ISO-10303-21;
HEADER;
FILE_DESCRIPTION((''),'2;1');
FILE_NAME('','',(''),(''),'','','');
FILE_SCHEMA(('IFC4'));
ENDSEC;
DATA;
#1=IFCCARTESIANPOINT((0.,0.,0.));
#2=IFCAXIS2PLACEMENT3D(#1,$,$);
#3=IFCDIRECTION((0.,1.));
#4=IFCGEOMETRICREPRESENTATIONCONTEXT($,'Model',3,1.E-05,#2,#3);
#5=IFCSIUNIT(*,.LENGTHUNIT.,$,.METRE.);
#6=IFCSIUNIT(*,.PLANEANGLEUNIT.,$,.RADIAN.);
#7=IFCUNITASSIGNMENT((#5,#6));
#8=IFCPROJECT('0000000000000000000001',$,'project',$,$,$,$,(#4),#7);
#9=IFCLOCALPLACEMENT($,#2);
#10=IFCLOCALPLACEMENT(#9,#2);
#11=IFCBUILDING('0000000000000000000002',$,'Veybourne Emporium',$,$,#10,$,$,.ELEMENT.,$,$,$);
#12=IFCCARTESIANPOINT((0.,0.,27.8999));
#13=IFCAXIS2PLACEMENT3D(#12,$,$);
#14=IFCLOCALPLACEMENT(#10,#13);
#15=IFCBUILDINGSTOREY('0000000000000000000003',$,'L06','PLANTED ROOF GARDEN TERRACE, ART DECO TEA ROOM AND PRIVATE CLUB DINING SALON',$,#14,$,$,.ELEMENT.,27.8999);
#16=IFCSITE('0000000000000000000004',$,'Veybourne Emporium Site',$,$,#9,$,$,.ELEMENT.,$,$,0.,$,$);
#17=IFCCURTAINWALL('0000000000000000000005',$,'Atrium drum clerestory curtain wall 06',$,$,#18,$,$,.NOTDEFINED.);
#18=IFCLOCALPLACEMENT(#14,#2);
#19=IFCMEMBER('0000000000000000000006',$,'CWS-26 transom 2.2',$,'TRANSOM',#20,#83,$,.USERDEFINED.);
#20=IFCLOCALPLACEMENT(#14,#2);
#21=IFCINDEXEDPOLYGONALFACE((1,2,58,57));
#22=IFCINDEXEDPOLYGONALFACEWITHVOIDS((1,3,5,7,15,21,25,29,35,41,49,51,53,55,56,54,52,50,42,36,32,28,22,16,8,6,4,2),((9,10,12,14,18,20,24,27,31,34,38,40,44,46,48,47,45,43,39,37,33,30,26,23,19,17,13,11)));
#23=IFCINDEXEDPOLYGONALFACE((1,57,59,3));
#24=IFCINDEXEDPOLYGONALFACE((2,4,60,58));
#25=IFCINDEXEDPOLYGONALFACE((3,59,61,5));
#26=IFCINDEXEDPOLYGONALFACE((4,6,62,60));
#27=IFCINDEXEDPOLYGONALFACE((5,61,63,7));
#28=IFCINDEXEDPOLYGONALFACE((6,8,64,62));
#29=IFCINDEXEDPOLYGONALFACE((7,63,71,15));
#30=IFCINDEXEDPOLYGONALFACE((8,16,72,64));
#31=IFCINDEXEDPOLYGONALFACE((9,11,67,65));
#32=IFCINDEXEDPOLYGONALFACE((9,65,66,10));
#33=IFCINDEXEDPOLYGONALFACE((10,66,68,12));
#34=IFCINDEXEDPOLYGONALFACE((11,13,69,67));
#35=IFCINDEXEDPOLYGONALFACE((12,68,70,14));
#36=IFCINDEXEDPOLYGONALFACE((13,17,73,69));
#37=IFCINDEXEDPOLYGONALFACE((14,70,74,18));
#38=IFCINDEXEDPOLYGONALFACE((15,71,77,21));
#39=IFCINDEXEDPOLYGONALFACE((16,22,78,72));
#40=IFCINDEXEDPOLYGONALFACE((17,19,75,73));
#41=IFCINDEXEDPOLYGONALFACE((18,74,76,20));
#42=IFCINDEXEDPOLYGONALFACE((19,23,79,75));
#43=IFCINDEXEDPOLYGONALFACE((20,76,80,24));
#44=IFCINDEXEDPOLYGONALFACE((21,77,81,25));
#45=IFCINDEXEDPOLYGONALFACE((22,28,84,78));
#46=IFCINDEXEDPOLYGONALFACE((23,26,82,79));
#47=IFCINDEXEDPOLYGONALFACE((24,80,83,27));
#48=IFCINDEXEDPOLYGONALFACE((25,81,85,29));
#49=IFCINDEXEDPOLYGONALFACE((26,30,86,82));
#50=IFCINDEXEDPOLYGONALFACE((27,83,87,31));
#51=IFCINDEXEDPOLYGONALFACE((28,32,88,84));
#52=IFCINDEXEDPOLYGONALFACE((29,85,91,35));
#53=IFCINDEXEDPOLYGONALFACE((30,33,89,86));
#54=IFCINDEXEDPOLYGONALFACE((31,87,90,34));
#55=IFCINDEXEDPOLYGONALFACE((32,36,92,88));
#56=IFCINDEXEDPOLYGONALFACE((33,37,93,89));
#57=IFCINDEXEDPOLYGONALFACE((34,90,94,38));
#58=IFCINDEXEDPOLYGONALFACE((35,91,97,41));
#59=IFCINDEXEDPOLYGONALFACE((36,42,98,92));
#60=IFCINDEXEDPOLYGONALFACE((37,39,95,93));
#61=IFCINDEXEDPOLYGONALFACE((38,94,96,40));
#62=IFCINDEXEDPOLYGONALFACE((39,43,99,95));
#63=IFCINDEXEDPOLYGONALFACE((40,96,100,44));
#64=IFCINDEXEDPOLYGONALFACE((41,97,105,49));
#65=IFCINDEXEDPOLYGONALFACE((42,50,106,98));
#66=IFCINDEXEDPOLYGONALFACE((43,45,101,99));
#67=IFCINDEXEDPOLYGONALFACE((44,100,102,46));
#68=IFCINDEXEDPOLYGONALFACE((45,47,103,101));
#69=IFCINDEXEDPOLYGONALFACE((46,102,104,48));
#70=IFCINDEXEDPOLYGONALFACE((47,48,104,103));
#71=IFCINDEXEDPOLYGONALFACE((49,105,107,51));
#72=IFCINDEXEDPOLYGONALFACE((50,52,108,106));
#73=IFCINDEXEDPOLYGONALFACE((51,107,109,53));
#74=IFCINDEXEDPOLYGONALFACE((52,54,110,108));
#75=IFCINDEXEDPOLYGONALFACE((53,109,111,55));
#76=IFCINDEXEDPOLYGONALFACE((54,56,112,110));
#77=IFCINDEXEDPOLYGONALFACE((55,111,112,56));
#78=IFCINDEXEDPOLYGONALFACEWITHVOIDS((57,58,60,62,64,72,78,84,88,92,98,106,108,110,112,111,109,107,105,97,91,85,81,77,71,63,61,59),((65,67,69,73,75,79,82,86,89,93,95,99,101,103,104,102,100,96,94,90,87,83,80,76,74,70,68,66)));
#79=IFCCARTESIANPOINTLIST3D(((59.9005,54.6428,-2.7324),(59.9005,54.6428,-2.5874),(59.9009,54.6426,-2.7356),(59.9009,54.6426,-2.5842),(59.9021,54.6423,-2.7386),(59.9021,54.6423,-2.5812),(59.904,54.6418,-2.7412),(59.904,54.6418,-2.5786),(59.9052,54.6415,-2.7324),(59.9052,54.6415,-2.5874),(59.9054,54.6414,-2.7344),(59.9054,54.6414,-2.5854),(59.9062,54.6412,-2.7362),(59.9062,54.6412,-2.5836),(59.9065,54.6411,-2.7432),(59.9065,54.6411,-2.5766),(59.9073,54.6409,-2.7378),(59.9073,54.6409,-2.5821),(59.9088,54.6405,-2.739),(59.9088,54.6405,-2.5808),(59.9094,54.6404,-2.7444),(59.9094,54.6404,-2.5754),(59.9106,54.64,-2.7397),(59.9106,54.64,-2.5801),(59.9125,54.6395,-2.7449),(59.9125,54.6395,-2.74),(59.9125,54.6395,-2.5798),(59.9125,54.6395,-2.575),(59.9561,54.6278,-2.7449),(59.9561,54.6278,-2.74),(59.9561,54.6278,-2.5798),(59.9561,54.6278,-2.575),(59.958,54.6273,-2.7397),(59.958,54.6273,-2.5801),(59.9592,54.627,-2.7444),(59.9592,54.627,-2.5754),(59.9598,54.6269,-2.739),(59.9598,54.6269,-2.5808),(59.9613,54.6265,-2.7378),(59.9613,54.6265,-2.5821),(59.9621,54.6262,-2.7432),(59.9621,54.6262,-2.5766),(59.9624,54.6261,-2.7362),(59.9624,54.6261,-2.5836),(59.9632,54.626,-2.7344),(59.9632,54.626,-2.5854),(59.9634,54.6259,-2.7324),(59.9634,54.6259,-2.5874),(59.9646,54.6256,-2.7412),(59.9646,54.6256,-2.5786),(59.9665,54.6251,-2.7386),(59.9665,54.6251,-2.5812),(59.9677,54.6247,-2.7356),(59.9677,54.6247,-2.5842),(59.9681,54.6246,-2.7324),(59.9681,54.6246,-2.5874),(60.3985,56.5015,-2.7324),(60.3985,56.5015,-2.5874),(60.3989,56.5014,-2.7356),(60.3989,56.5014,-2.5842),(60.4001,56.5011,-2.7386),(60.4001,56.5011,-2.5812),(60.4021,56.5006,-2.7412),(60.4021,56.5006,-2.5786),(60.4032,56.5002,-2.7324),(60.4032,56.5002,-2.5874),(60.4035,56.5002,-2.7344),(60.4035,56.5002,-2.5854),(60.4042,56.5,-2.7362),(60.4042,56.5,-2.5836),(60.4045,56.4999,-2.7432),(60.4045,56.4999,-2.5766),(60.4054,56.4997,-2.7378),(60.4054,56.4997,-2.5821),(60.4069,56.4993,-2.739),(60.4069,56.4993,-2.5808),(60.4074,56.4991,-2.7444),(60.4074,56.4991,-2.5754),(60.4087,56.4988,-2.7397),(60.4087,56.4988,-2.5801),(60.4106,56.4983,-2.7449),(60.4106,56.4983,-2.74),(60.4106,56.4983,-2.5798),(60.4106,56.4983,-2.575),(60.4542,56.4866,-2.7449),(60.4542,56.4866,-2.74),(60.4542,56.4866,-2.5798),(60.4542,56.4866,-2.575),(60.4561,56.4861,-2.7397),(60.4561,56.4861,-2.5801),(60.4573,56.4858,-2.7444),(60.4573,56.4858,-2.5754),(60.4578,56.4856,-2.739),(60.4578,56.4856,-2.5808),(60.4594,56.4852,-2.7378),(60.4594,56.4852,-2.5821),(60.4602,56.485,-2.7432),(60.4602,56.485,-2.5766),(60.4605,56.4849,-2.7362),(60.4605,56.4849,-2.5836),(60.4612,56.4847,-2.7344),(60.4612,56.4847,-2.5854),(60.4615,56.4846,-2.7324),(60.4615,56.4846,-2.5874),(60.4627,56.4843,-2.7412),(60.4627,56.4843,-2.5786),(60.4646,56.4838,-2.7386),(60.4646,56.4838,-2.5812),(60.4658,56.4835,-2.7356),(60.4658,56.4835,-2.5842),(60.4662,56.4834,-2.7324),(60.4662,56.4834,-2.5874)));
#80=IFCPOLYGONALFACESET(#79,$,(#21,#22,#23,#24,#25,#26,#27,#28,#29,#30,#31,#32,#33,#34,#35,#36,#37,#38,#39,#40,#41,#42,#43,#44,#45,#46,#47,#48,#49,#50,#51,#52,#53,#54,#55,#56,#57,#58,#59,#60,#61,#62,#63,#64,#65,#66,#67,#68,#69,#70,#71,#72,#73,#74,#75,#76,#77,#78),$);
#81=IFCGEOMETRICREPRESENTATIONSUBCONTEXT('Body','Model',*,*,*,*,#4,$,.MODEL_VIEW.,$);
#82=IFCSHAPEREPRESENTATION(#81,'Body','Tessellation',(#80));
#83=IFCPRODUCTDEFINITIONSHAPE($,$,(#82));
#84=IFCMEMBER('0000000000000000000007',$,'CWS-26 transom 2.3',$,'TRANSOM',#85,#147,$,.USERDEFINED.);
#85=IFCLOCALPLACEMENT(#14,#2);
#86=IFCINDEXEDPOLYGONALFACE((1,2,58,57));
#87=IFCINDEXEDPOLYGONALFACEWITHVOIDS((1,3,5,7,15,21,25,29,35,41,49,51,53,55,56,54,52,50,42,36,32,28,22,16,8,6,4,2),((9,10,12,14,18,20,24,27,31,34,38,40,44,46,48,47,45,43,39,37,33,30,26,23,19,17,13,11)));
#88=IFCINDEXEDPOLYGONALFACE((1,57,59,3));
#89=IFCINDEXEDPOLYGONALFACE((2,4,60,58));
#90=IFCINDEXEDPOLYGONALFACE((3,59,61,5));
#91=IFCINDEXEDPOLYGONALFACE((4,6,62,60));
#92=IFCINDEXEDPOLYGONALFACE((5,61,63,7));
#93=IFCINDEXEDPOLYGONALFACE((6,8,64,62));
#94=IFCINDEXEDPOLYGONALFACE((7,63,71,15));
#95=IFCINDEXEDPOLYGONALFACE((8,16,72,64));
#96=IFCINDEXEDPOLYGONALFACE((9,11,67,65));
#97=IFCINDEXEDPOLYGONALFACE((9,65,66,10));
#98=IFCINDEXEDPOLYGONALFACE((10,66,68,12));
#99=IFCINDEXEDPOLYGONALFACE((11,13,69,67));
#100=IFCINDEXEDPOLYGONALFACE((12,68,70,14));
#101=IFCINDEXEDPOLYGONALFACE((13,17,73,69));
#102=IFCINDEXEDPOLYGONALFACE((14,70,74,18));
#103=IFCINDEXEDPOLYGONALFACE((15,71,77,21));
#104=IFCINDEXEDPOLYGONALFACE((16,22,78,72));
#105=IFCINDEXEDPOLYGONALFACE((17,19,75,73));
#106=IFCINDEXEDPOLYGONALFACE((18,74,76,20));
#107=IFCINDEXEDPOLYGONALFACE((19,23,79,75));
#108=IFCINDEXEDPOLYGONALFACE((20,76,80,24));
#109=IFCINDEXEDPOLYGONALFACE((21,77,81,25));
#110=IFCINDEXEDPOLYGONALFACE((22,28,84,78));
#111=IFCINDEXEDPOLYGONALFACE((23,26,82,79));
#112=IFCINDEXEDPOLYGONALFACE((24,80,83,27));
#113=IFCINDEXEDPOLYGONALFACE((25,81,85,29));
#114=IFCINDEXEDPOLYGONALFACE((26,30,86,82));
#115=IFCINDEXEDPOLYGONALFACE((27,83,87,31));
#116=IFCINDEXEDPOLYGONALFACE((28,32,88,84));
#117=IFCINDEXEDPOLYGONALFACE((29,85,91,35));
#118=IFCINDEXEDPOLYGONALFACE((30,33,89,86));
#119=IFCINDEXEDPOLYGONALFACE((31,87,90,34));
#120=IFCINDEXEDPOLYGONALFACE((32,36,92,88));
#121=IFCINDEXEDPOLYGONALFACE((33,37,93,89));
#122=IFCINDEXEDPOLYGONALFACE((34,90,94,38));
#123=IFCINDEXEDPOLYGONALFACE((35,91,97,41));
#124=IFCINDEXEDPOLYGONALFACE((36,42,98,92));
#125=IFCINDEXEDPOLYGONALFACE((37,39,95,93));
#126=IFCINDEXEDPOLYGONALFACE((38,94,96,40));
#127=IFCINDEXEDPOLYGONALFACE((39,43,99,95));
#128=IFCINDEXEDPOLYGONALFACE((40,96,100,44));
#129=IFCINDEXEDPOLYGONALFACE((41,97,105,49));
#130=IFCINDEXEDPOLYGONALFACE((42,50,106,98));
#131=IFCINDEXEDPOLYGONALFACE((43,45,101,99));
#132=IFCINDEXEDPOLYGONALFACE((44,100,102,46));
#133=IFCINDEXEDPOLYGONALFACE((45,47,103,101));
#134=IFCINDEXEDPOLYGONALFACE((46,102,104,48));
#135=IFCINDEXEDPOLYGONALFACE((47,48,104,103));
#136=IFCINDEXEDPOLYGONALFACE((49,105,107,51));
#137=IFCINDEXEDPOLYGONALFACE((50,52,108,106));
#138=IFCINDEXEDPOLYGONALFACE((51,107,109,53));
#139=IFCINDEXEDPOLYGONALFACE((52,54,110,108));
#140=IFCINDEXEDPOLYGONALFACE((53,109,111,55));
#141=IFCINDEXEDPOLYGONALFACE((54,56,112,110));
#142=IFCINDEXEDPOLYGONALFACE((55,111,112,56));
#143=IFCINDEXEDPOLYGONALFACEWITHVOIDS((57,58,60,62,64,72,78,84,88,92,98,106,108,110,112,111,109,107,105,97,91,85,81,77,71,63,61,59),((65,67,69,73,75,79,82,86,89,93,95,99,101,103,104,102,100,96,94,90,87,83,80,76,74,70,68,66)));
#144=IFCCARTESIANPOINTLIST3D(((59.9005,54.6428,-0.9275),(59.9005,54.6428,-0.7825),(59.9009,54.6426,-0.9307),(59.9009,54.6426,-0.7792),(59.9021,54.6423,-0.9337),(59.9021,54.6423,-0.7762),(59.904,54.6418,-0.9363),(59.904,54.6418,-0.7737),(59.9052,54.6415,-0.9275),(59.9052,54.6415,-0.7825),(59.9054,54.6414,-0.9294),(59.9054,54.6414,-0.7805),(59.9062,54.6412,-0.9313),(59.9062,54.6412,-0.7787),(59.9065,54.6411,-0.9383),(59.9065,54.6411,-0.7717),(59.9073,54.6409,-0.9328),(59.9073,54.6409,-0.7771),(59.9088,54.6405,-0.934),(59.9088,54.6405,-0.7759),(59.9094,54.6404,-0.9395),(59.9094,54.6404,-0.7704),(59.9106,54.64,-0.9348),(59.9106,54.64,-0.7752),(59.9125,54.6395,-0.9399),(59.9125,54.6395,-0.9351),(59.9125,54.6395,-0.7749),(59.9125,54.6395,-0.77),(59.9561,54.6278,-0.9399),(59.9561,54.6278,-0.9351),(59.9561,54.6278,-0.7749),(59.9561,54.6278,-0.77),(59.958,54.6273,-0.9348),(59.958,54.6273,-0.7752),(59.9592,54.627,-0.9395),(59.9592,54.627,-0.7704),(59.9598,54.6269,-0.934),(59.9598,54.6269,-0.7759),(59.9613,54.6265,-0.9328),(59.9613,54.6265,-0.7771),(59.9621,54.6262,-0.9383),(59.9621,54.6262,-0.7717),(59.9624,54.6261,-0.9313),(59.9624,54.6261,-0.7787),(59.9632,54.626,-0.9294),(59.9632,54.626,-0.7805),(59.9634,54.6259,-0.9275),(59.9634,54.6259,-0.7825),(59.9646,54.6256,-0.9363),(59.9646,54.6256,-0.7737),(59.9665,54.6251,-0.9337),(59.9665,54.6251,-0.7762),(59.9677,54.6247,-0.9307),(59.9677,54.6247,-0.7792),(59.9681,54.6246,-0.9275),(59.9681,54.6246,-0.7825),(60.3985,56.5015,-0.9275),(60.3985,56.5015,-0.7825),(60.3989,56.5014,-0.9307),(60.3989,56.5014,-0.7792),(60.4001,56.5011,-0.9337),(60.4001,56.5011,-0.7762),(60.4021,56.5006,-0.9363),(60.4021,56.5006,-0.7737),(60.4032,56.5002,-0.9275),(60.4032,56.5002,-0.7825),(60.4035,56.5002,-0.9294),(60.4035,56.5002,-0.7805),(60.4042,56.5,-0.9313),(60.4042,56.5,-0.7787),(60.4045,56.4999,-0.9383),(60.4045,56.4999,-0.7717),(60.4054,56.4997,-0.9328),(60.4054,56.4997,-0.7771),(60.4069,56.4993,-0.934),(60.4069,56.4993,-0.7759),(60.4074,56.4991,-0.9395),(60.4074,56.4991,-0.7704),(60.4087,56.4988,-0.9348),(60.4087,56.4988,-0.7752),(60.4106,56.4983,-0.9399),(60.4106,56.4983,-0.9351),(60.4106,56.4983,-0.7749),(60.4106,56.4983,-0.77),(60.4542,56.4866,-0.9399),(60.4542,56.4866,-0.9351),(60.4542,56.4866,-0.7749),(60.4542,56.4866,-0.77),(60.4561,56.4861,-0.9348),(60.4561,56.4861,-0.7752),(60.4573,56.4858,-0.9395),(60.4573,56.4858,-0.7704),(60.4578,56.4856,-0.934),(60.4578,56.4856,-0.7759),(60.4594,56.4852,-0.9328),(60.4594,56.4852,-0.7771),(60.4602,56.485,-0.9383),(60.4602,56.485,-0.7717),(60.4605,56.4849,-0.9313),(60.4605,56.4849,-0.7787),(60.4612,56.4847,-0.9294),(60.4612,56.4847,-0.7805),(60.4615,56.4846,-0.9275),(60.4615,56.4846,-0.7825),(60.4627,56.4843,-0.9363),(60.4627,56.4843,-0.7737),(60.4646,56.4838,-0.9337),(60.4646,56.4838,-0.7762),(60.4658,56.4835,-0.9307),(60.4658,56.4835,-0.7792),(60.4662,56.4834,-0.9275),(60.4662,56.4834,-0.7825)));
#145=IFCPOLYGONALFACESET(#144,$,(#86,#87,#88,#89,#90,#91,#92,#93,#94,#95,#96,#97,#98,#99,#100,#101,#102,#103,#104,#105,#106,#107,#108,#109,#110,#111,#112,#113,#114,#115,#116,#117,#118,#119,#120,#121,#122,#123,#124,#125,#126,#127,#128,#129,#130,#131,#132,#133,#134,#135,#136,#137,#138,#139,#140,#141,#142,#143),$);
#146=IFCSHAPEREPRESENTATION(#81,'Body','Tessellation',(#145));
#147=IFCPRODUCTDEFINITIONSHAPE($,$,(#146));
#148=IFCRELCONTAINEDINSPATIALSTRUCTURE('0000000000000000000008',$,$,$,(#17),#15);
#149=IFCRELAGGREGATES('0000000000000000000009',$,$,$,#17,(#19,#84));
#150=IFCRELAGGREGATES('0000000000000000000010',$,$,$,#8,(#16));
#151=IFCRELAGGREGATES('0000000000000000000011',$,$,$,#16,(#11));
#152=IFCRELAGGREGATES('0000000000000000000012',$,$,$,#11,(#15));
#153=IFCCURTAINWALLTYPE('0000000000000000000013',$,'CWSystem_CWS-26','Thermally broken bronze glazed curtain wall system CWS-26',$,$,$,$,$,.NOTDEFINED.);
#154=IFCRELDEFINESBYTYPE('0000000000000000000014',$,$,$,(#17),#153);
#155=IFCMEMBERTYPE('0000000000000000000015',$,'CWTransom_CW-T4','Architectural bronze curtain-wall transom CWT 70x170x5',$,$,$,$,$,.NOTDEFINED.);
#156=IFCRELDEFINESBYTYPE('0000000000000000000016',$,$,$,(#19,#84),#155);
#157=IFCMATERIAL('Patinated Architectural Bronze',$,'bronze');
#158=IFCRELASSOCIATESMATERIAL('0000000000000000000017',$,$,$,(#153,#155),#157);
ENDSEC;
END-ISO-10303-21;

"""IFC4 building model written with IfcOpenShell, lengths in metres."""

from ifc_helpers import new_model, si_unit, direction, frame, origin, origin_2d, place, context, subcontext, project, spatial, hollow_rectangle, extrude, material, material_profile, profile_set, type_object, element, aggregate, save


model = new_model("IFC4")

# Units and contexts
model_context = context("Model", 3, precision=1e-05, world=origin(), true_north=direction((0.0, 1.0)))
body_context = subcontext(model_context, "Body", "Model", "MODEL_VIEW")
ifc_project = project(units=[si_unit("LENGTHUNIT", "METRE"), si_unit("PLANEANGLEUNIT", "RADIAN")], contexts=[model_context])

# Site, building, storey
site_placement = place(None, origin())
site = spatial("IfcSite", under=ifc_project, at=site_placement, Name="Veybourne Emporium Site", CompositionType="ELEMENT", RefElevation=0.0)
building_placement = place(site_placement, origin())
building = spatial("IfcBuilding", under=site, at=building_placement, Name="Veybourne Emporium", CompositionType="ELEMENT")
storey_placement = place(building_placement, frame((0.0, 0.0, 27.8999)))
storey = spatial("IfcBuildingStorey", under=building, at=storey_placement, Name="L06", Description="PLANTED ROOF GARDEN TERRACE, ART DECO TEA ROOM AND PRIVATE CLUB DINING SALON", CompositionType="ELEMENT", Elevation=27.8999)

# Curtain wall
ifc_material_1 = material(Name="Patinated Architectural Bronze", Category="bronze")
curtain_wall_type_1 = type_object("IfcCurtainWallType", Name="CWSystem_CWS-26", Description="Thermally broken bronze glazed curtain wall system CWS-26", PredefinedType="NOTDEFINED", material=ifc_material_1)
curtain_wall_1_placement = place(storey_placement, origin())
curtain_wall_1 = element("IfcCurtainWall", 1, at=curtain_wall_1_placement, inside=storey, type_object=curtain_wall_type_1, Name="Atrium drum clerestory curtain wall 06", PredefinedType="NOTDEFINED")

# Members
ifc_material_profile_1 = material_profile(ifc_material_1, hollow_rectangle(XDim=0.0701, YDim=0.1699, WallThickness=0.0049, InnerFilletRadius=0.0076, OuterFilletRadius=0.0125, at=origin_2d()), Name="CWT 70x170x5")
ifc_profile_set_1 = profile_set([ifc_material_profile_1], Name="Patinated Architectural Bronze")
member_type_1 = type_object("IfcMemberType", Name="CWTransom_CW-T4", Description="Architectural bronze curtain-wall transom CWT 70x170x5", PredefinedType="NOTDEFINED", material=ifc_profile_set_1)
member_1_placement = place(storey_placement, frame((60.4324, 56.4924, -2.6599), z_axis=(-0.258831, -0.965923, 0.0), x_axis=(0.965923, -0.258831, 0.0)))
member_1 = element("IfcMember", 2, at=member_1_placement, type_object=member_type_1, Name="CWS-26 transom 2.2", ObjectType="TRANSOM", PredefinedType="USERDEFINED", context=body_context, shape_type="SweptSolid", body=[
    extrude(hollow_rectangle(XDim=0.0701, YDim=0.1699, WallThickness=0.0049, InnerFilletRadius=0.0076, OuterFilletRadius=0.0125, at=origin_2d()), origin(), (0.0, 0.0, 1.0), 1.9243),
])
member_2_placement = place(storey_placement, frame((60.4324, 56.4924, -0.855), z_axis=(-0.258831, -0.965923, 0.0), x_axis=(0.965923, -0.258831, 0.0)))
member_2 = element("IfcMember", 3, at=member_2_placement, type_object=member_type_1, Name="CWS-26 transom 2.3", ObjectType="TRANSOM", PredefinedType="USERDEFINED", context=body_context, shape_type="SweptSolid", body=[
    extrude(hollow_rectangle(XDim=0.0701, YDim=0.1699, WallThickness=0.0049, InnerFilletRadius=0.0076, OuterFilletRadius=0.0125, at=origin_2d()), origin(), (0.0, 0.0, 1.0), 1.9243),
])

aggregate(curtain_wall_1, [member_1, member_2])

save(model, "model.ifc")
